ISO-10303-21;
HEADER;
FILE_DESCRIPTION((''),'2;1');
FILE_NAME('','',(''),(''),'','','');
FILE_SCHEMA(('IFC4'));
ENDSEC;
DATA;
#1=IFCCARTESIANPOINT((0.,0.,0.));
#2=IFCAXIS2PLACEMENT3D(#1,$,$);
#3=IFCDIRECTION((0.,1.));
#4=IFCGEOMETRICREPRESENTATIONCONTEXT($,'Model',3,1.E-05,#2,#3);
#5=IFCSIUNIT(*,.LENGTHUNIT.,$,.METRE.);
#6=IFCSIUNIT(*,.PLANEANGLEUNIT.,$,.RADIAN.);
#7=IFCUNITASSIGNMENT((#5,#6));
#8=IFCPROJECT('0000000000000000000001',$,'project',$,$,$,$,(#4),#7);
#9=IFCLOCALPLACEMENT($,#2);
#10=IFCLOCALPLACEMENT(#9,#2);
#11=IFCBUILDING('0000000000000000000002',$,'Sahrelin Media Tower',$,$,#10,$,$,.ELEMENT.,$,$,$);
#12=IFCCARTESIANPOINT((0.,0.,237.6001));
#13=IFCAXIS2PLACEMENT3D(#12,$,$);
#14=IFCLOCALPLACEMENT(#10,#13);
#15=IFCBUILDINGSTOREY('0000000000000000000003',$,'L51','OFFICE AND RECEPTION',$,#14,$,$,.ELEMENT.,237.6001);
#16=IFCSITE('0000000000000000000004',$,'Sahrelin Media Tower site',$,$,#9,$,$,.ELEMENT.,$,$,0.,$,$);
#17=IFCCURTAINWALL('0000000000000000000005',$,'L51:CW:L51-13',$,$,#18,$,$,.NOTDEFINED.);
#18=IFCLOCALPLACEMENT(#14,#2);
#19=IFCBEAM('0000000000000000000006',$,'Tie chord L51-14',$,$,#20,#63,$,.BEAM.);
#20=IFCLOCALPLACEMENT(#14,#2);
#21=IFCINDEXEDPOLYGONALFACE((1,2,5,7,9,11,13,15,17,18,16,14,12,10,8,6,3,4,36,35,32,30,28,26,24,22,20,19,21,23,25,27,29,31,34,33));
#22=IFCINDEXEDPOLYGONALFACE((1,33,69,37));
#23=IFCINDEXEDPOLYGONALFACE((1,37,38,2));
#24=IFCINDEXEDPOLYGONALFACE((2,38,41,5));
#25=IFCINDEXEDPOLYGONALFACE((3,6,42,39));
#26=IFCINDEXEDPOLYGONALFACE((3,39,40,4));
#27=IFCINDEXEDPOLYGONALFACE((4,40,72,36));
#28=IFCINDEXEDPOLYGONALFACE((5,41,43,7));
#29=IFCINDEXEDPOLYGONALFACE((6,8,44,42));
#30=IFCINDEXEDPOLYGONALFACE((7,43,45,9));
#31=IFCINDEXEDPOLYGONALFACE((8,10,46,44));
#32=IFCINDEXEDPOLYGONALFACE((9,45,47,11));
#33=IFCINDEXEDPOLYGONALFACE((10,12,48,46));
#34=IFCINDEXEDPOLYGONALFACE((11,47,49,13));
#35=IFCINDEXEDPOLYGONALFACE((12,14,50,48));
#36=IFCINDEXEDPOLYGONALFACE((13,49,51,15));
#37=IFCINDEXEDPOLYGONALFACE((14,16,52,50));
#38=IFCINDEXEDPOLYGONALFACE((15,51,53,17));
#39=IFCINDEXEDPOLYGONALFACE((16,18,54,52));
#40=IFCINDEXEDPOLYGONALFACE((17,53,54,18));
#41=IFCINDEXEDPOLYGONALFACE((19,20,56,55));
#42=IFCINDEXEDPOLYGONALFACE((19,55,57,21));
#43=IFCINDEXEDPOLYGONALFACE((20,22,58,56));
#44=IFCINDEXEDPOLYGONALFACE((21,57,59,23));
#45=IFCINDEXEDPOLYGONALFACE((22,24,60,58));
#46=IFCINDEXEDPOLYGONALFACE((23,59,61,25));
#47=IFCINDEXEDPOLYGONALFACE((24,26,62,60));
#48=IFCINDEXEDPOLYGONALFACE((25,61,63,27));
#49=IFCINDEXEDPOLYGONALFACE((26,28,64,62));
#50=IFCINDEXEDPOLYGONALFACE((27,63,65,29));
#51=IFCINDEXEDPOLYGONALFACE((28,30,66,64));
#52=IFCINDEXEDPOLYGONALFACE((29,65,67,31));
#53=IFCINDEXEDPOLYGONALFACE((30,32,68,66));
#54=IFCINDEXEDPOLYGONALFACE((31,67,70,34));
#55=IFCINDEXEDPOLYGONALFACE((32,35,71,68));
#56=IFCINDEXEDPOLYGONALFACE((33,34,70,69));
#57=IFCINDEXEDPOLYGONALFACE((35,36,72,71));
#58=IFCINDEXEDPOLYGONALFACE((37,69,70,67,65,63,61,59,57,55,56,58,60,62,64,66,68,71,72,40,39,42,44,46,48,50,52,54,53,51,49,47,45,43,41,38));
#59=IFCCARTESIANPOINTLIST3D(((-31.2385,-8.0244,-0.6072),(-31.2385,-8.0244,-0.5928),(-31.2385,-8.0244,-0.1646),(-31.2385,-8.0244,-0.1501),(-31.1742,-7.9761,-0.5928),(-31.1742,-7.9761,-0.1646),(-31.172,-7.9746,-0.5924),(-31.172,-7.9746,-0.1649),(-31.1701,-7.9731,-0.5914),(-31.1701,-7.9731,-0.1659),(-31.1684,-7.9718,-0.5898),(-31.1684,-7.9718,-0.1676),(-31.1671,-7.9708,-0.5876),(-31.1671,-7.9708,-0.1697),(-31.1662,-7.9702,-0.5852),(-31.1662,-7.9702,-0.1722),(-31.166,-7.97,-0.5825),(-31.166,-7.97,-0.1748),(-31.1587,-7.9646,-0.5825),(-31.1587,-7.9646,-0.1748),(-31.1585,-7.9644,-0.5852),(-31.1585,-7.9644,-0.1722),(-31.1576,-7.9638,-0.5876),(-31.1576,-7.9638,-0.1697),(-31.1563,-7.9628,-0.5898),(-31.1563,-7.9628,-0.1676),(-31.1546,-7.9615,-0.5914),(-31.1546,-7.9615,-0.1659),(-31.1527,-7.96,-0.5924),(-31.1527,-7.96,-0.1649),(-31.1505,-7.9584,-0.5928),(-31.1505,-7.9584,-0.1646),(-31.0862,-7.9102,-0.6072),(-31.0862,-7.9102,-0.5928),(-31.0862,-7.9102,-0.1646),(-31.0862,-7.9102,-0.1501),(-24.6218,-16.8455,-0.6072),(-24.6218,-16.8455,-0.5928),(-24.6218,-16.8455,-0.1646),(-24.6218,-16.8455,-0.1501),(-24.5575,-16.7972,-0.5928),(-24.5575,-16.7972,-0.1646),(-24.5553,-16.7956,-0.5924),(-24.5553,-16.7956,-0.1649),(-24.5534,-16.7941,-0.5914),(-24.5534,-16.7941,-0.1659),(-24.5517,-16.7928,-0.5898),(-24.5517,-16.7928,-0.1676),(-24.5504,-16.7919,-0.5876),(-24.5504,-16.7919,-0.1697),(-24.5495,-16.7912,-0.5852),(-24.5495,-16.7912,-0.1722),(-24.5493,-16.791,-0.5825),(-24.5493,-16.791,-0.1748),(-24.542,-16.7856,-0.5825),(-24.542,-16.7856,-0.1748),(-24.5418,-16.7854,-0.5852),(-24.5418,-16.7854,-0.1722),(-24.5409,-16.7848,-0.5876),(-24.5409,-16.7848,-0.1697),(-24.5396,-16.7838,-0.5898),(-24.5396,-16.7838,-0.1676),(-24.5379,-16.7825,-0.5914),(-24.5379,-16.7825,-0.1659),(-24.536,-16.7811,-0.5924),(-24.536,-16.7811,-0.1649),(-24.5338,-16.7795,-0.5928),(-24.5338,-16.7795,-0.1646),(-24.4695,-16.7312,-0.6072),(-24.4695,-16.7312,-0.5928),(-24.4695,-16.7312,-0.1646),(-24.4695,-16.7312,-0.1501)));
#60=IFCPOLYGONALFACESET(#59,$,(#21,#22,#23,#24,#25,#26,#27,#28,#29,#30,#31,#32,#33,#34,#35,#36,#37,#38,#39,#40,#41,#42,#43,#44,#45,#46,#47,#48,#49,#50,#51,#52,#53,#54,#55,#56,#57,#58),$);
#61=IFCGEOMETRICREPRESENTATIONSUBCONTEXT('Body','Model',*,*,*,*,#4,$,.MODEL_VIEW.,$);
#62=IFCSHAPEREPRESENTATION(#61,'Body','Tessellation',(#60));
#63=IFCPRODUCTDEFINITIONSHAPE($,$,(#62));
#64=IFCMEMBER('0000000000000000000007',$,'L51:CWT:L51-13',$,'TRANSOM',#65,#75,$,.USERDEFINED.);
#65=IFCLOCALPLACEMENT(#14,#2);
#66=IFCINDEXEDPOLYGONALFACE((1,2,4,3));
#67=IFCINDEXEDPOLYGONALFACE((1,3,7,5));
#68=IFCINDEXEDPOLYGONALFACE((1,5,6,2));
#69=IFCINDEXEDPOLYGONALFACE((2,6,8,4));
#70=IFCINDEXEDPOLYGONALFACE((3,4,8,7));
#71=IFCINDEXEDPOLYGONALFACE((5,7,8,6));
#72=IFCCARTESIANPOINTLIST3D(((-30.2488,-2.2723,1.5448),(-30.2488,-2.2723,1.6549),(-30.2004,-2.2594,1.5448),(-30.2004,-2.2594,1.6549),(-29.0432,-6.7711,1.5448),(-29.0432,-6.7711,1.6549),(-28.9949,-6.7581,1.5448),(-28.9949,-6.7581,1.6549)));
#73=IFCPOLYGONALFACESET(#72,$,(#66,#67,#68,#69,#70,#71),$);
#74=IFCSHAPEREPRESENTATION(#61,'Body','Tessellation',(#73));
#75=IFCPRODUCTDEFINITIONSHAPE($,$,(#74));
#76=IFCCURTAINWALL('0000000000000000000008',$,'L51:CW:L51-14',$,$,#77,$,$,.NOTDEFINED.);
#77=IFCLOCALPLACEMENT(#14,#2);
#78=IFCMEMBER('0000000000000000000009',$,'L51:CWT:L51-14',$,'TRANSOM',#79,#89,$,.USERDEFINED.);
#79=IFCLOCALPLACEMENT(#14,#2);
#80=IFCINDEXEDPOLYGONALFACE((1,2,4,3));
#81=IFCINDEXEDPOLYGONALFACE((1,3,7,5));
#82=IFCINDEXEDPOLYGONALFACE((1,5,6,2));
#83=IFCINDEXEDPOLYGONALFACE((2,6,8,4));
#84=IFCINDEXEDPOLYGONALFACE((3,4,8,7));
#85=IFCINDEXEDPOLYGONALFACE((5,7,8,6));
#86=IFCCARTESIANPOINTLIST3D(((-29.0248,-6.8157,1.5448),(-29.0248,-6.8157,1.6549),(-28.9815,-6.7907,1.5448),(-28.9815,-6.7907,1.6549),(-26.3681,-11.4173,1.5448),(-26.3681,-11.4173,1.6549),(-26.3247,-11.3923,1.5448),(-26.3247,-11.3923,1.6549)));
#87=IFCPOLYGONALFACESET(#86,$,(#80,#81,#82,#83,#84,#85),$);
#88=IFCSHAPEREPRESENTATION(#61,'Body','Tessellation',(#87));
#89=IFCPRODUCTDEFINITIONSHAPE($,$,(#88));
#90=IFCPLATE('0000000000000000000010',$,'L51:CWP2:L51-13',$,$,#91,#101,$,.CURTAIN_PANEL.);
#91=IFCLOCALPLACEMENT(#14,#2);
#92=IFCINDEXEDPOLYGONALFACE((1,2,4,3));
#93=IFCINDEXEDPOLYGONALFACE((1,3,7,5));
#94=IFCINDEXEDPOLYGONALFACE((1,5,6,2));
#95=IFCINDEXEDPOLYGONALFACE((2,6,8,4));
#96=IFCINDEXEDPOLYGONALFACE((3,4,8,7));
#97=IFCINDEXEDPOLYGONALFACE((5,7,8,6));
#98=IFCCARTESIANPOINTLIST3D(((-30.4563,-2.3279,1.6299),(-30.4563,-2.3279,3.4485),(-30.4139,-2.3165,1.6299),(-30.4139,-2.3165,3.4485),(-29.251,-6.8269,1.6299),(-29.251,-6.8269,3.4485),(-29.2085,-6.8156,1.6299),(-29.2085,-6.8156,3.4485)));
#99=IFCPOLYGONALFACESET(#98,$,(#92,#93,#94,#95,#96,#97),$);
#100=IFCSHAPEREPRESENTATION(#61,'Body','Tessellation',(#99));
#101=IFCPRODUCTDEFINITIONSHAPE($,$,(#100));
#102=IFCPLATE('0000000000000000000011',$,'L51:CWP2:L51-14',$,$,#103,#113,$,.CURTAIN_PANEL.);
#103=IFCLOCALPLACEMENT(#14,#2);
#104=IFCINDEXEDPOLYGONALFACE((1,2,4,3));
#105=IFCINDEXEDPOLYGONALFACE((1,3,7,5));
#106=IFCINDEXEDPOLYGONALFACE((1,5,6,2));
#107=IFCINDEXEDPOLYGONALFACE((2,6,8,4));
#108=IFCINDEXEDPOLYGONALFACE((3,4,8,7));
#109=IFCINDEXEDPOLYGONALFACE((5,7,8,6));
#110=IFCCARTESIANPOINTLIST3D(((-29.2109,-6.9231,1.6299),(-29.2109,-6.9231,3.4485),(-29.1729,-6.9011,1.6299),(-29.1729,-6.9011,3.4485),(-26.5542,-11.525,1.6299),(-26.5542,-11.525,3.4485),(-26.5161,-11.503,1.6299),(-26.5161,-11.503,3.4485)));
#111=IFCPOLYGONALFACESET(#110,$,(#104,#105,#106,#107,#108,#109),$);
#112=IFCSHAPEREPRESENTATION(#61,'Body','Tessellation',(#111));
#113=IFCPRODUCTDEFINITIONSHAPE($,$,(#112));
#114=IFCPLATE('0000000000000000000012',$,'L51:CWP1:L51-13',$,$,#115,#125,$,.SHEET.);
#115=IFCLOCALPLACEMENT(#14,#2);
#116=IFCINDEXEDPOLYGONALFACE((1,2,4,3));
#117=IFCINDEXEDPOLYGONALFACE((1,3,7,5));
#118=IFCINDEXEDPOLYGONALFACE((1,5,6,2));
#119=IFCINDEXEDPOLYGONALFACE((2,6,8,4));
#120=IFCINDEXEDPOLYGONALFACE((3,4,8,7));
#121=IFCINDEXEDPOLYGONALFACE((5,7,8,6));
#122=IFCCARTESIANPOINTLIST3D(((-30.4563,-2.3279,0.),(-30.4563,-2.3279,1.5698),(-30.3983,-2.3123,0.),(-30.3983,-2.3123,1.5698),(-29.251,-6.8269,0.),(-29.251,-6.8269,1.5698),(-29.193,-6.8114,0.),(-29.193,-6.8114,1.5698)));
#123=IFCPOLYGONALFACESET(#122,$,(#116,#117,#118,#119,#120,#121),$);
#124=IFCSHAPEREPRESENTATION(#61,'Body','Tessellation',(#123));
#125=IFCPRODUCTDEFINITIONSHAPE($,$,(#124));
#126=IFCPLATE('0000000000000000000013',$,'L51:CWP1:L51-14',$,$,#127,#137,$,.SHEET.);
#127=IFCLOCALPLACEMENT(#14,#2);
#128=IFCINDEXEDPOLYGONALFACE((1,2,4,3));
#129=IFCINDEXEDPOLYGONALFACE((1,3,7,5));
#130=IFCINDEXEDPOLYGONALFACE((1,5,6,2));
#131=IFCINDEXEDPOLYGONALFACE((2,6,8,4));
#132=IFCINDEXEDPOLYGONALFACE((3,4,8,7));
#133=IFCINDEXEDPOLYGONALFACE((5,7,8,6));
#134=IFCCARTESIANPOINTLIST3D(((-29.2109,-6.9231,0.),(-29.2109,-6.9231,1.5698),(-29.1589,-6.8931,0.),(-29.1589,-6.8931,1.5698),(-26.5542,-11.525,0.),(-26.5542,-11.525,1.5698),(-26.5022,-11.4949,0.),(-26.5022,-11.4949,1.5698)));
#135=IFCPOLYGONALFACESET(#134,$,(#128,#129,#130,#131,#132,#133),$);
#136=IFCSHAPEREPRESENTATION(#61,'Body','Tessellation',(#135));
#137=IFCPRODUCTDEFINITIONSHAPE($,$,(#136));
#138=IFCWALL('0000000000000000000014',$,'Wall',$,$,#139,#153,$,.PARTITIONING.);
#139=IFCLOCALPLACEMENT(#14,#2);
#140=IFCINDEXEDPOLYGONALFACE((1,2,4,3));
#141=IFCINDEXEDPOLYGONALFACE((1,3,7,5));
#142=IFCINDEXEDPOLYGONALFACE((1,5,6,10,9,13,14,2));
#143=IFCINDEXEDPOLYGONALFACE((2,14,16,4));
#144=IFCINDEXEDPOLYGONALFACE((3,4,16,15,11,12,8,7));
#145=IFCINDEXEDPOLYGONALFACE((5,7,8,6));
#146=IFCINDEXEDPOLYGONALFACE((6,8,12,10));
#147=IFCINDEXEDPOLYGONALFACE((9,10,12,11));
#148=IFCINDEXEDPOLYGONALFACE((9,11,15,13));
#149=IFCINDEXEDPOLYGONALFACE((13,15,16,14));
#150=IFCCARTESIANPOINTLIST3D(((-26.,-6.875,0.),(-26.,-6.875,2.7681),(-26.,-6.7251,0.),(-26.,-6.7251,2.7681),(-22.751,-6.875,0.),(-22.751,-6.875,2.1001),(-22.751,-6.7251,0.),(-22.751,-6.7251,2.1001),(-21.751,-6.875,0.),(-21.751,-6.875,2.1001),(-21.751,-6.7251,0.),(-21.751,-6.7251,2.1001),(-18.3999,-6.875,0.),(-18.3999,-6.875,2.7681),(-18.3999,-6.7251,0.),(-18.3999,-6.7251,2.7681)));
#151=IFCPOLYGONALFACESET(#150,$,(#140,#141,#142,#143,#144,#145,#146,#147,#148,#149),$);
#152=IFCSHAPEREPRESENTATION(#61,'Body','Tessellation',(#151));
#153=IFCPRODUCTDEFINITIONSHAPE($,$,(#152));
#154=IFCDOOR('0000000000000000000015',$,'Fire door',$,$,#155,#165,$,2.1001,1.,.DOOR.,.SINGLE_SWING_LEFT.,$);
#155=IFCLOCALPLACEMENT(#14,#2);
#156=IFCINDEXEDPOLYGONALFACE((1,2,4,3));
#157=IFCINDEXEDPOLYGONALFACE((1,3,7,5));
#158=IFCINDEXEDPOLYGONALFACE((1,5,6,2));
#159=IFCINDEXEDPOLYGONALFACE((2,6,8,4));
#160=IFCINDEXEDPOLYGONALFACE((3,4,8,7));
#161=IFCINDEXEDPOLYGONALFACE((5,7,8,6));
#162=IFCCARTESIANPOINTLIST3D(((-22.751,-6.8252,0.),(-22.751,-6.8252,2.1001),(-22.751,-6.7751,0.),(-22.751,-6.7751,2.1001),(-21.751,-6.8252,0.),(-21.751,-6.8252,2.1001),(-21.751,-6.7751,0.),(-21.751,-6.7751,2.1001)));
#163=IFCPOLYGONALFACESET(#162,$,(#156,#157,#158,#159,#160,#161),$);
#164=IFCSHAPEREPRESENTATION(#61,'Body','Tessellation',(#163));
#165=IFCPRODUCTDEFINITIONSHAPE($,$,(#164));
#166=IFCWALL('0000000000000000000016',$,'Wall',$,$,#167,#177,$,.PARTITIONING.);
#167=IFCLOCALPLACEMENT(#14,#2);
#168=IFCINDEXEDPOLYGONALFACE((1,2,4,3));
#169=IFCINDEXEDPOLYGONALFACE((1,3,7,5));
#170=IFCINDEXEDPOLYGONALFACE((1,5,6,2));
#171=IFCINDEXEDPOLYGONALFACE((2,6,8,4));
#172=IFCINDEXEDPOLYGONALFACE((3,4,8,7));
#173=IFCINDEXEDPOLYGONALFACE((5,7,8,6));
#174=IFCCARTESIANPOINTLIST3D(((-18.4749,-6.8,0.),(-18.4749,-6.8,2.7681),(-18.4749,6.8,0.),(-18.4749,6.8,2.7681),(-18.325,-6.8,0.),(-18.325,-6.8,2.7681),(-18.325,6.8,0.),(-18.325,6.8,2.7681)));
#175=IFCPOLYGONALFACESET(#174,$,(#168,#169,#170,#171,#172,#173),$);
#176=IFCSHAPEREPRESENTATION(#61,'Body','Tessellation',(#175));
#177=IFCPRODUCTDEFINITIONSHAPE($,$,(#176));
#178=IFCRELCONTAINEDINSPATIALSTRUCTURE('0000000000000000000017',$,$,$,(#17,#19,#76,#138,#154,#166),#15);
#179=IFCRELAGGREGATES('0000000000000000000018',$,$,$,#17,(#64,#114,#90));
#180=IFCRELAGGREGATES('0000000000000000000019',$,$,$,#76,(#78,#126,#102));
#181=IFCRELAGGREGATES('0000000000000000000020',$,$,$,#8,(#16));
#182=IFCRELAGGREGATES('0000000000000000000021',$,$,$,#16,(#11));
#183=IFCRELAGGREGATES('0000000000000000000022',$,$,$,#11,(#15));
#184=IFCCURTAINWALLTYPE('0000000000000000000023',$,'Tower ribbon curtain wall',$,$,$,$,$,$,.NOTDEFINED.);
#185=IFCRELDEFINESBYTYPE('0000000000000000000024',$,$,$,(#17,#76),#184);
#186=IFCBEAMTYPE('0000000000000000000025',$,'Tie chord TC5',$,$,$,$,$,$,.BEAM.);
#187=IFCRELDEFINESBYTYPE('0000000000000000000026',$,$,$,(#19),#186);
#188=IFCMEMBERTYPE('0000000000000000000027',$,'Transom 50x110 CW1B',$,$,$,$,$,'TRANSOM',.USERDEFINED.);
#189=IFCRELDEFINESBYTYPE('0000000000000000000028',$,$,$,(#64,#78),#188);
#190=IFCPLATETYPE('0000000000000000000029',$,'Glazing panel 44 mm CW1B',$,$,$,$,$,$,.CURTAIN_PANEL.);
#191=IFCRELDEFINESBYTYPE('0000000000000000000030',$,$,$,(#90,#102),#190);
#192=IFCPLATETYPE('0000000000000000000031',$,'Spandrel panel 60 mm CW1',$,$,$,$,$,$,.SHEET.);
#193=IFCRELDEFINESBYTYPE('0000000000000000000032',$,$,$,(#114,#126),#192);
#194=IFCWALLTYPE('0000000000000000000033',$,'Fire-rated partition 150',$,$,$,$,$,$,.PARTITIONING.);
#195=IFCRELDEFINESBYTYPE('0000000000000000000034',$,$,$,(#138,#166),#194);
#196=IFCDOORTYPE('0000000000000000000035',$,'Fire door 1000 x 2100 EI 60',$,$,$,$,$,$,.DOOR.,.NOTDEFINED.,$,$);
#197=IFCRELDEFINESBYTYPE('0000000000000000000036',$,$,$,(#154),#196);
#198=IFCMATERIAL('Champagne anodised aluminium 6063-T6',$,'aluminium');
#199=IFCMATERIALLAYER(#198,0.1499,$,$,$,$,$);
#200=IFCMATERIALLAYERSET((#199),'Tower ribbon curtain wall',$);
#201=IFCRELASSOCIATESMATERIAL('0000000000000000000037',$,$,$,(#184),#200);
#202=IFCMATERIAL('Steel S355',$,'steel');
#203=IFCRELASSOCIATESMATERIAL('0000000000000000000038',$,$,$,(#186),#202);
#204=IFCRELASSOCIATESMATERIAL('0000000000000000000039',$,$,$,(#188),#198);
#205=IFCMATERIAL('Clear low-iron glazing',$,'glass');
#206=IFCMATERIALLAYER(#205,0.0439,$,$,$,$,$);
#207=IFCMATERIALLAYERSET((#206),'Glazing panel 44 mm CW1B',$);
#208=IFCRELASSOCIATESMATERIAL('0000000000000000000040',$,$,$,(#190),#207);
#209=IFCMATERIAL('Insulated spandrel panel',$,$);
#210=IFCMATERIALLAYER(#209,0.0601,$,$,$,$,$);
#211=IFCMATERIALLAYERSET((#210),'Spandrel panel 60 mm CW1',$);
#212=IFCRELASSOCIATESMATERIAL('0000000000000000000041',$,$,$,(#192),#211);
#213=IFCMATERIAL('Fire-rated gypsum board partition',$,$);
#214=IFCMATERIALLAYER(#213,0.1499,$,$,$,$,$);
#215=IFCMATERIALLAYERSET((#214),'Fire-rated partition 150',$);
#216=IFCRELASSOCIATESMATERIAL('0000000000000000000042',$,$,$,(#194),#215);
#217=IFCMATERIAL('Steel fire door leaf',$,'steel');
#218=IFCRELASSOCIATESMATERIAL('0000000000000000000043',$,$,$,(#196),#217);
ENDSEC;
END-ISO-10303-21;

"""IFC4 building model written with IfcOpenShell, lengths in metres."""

from ifc_helpers import new_model, si_unit, direction, frame, frame_2d, origin, origin_2d, place, context, subcontext, project, spatial, polyline, rectangle, i_section, outline, extrude, material, layer, layer_set, material_profile, profile_set, type_object, element, fill, aggregate, save


model = new_model("IFC4")

# Units and contexts
model_context = context("Model", 3, precision=1e-05, world=origin(), true_north=direction((0.0, 1.0)))
body_context = subcontext(model_context, "Body", "Model", "MODEL_VIEW")
ifc_project = project(units=[si_unit("LENGTHUNIT", "METRE"), si_unit("PLANEANGLEUNIT", "RADIAN")], contexts=[model_context])

# Site, building, storey
site_placement = place(None, origin())
site = spatial("IfcSite", under=ifc_project, at=site_placement, Name="Sahrelin Media Tower site", CompositionType="ELEMENT", RefElevation=0.0)
building_placement = place(site_placement, origin())
building = spatial("IfcBuilding", under=site, at=building_placement, Name="Sahrelin Media Tower", CompositionType="ELEMENT")
storey_placement = place(building_placement, frame((0.0, 0.0, 237.6001)))
storey = spatial("IfcBuildingStorey", under=building, at=storey_placement, Name="L51", Description="OFFICE AND RECEPTION", CompositionType="ELEMENT", Elevation=237.6001)

# Shared definitions
ifc_material_1 = material(Name="Steel S355", Category="steel")

# Curtain wall
ifc_material_2 = material(Name="Champagne anodised aluminium 6063-T6", Category="aluminium")
ifc_layer_1 = layer(ifc_material_2, 0.1499)
ifc_layer_set_1 = layer_set([ifc_layer_1], Name="Tower ribbon curtain wall")
curtain_wall_type = type_object("IfcCurtainWallType", Name="Tower ribbon curtain wall", PredefinedType="NOTDEFINED", material=ifc_layer_set_1)
curtain_wall_1_placement = place(storey_placement, frame((-29.8342, -4.5723, 0.0), z_axis=(0.0, 0.0, 1.0), x_axis=(1.0, 0.0, 0.0)))
curtain_wall_1 = element("IfcCurtainWall", 1, at=curtain_wall_1_placement, inside=storey, type_object=curtain_wall_type, Name="L51:CW:L51-13", PredefinedType="NOTDEFINED")

# Beam
ifc_material_profile_1 = material_profile(ifc_material_1, i_section(OverallWidth=0.1904, OverallDepth=0.457, WebThickness=0.009, FlangeThickness=0.0144, FilletRadius=0.0103, at=origin_2d()), Name="UB 457x191x74")
ifc_profile_set_1 = profile_set([ifc_material_profile_1], Name="Steel S355")
beam_type_1 = type_object("IfcBeamType", Name="Tie chord TC5", PredefinedType="BEAM", material=ifc_profile_set_1)
beam_1_placement = place(storey_placement, frame((-31.1624, -7.9673, -0.3787), z_axis=(0.600053, -0.79996, 0.0), x_axis=(0.79996, 0.600053, 0.0)))
element("IfcBeam", 2, at=beam_1_placement, inside=storey, type_object=beam_type_1, Name="Tie chord L51-14", PredefinedType="BEAM", context=body_context, shape_type="SweptSolid", body=[
    extrude(i_section(OverallWidth=0.1904, OverallDepth=0.457, WebThickness=0.009, FlangeThickness=0.0144, FilletRadius=0.0103, at=origin_2d()), origin(), (0.0, 0.0, 1.0), 11.0269),
])

# Member
ifc_material_profile_2 = material_profile(ifc_material_2, rectangle(XDim=0.05, YDim=0.1101, at=origin_2d()), Name="Transom 50x110")
ifc_profile_set_2 = profile_set([ifc_material_profile_2], Name="Champagne anodised aluminium 6063-T6")
member_type_1 = type_object("IfcMemberType", Name="Transom 50x110 CW1B", ElementType="TRANSOM", PredefinedType="USERDEFINED", material=ifc_profile_set_2)
member_1_placement = place(storey_placement, frame((-30.2246, -2.2659, 1.5999), z_axis=(0.258844, -0.965919, 0.0), x_axis=(0.965919, 0.258844, 0.0)))
member_1 = element("IfcMember", 3, at=member_1_placement, type_object=member_type_1, Name="L51:CWT:L51-13", ObjectType="TRANSOM", PredefinedType="USERDEFINED", context=body_context, shape_type="SweptSolid", body=[
    extrude(rectangle(XDim=0.05, YDim=0.1101, at=origin_2d()), origin(), (0.0, 0.0, 1.0), 4.6575),
])

# Curtain wall, member
curtain_wall_2_placement = place(storey_placement, frame((-27.8652, -9.2141, 0.0), z_axis=(0.0, 0.0, 1.0), x_axis=(1.0, 0.0, 0.0)))
curtain_wall_2 = element("IfcCurtainWall", 4, at=curtain_wall_2_placement, inside=storey, type_object=curtain_wall_type, Name="L51:CW:L51-14", PredefinedType="NOTDEFINED")
member_2_placement = place(storey_placement, frame((-29.0032, -6.8032, 1.5999), z_axis=(0.500004, -0.866023, 0.0), x_axis=(0.866023, 0.500004, 0.0)))
member_2 = element("IfcMember", 5, at=member_2_placement, type_object=member_type_1, Name="L51:CWT:L51-14", ObjectType="TRANSOM", PredefinedType="USERDEFINED", context=body_context, shape_type="SweptSolid", body=[
    extrude(rectangle(XDim=0.05, YDim=0.1101, at=origin_2d()), origin(), (0.0, 0.0, 1.0), 5.3135),
])

# Plates
ifc_material_3 = material(Name="Clear low-iron glazing", Category="glass")
ifc_layer_2 = layer(ifc_material_3, 0.0439)
ifc_layer_set_2 = layer_set([ifc_layer_2], Name="Glazing panel 44 mm CW1B")
plate_type_1 = type_object("IfcPlateType", Name="Glazing panel 44 mm CW1B", PredefinedType="CURTAIN_PANEL", material=ifc_layer_set_2)
plate_1_placement = place(storey_placement, frame((-30.4563, -2.3279, 1.6299), z_axis=(-0.965936, -0.258781, 0.0), x_axis=(0.258781, -0.965936, 0.0)))
plate_1 = element("IfcPlate", 6, at=plate_1_placement, type_object=plate_type_1, Name="L51:CWP2:L51-13", PredefinedType="CURTAIN_PANEL", context=body_context, shape_type="SweptSolid", body=[
    extrude(outline(polyline([(0.0, 0.0), (4.6577, 0.0), (4.6577, 1.8186), (0.0, 1.8186), (0.0, 0.0)])), origin(), (0.0, 0.0, -1.0), 0.0439),
])
plate_2_placement = place(storey_placement, frame((-29.2109, -6.9231, 1.6299), z_axis=(-0.866035, -0.499984, 0.0), x_axis=(0.499984, -0.866035, 0.0)))
plate_2 = element("IfcPlate", 7, at=plate_2_placement, type_object=plate_type_1, Name="L51:CWP2:L51-14", PredefinedType="CURTAIN_PANEL", context=body_context, shape_type="SweptSolid", body=[
    extrude(outline(polyline([(0.0, 0.0), (5.3137, 0.0), (5.3137, 1.8186), (0.0, 1.8186), (0.0, 0.0)])), origin(), (0.0, 0.0, -1.0), 0.0439),
])
ifc_material_4 = material(Name="Insulated spandrel panel")
ifc_layer_3 = layer(ifc_material_4, 0.0601)
ifc_layer_set_3 = layer_set([ifc_layer_3], Name="Spandrel panel 60 mm CW1")
plate_type_2 = type_object("IfcPlateType", Name="Spandrel panel 60 mm CW1", PredefinedType="SHEET", material=ifc_layer_set_3)
plate_3_placement = place(storey_placement, frame((-30.4563, -2.3279, 0.0), z_axis=(-0.965936, -0.258781, 0.0), x_axis=(0.258781, -0.965936, 0.0)))
plate_3 = element("IfcPlate", 8, at=plate_3_placement, type_object=plate_type_2, Name="L51:CWP1:L51-13", PredefinedType="SHEET", context=body_context, shape_type="SweptSolid", body=[
    extrude(outline(polyline([(0.0, 0.0), (4.6577, 0.0), (4.6577, 1.5698), (0.0, 1.5698), (0.0, 0.0)])), origin(), (0.0, 0.0, -1.0), 0.0601),
])
aggregate(curtain_wall_1, [member_1, plate_3, plate_1])
plate_4_placement = place(storey_placement, frame((-29.2109, -6.9231, 0.0), z_axis=(-0.866035, -0.499984, 0.0), x_axis=(0.499984, -0.866035, 0.0)))
plate_4 = element("IfcPlate", 9, at=plate_4_placement, type_object=plate_type_2, Name="L51:CWP1:L51-14", PredefinedType="SHEET", context=body_context, shape_type="SweptSolid", body=[
    extrude(outline(polyline([(0.0, 0.0), (5.3137, 0.0), (5.3137, 1.5698), (0.0, 1.5698), (0.0, 0.0)])), origin(), (0.0, 0.0, -1.0), 0.0601),
])
aggregate(curtain_wall_2, [member_2, plate_4, plate_2])

# Wall, opening, door
ifc_material_5 = material(Name="Fire-rated gypsum board partition")
ifc_layer_4 = layer(ifc_material_5, 0.1499)
ifc_layer_set_4 = layer_set([ifc_layer_4], Name="Fire-rated partition 150")
wall_type_1 = type_object("IfcWallType", Name="Fire-rated partition 150", PredefinedType="PARTITIONING", material=ifc_layer_set_4)
wall_1_placement = place(storey_placement, frame((-26.0, -6.8, 0.0), z_axis=(0.0, 0.0, 1.0), x_axis=(1.0, 0.0, 0.0)))
wall_1 = element("IfcWall", 10, at=wall_1_placement, inside=storey, type_object=wall_type_1, Name="Wall", PredefinedType="PARTITIONING", context=body_context, shape_type="SweptSolid", body=[
    extrude(rectangle(XDim=7.6001, YDim=0.1499, at=frame_2d((3.8, 0.0))), origin(), (0.0, 0.0, 1.0), 2.7681),
])
opening_1_placement = place(wall_1_placement, frame((3.249, 0.0, 0.0)))
opening_1 = element("IfcOpeningElement", 11, at=opening_1_placement, cuts=wall_1, PredefinedType="OPENING", context=body_context, shape_type="SweptSolid", body=[
    extrude(rectangle(XDim=1.0, YDim=2.1001, at=frame_2d((0.5, 1.05))), frame((0.0, 0.075, 0.0), z_axis=(0.0, -1.0, 0.0), x_axis=(1.0, 0.0, 0.0)), (0.0, 0.0, 1.0), 0.1499),
])
ifc_material_6 = material(Name="Steel fire door leaf", Category="steel")
door_type_1 = type_object("IfcDoorType", Name="Fire door 1000 x 2100 EI 60", OperationType="NOTDEFINED", PredefinedType="DOOR", material=ifc_material_6)
door_1_placement = place(opening_1_placement, origin())
door_1 = element("IfcDoor", 12, at=door_1_placement, inside=storey, type_object=door_type_1, Name="Fire door", OperationType="SINGLE_SWING_LEFT", OverallHeight=2.1001, OverallWidth=1.0, PredefinedType="DOOR", context=body_context, shape_type="SweptSolid", body=[
    extrude(rectangle(XDim=1.0, YDim=2.1001, at=frame_2d((0.5, 1.05))), frame((0.0, 0.0249, 0.0), z_axis=(0.0, -1.0, 0.0), x_axis=(1.0, 0.0, 0.0)), (0.0, 0.0, 1.0), 0.05),
])
fill(opening_1, door_1)

# Wall
wall_2_placement = place(storey_placement, frame((-18.3999, -6.8, 0.0), z_axis=(0.0, 0.0, 1.0), x_axis=(0.0, 1.0, 0.0)))
element("IfcWall", 13, at=wall_2_placement, inside=storey, type_object=wall_type_1, Name="Wall", PredefinedType="PARTITIONING", context=body_context, shape_type="SweptSolid", body=[
    extrude(rectangle(XDim=13.6001, YDim=0.1499, at=frame_2d((6.8, 0.0))), origin(), (0.0, 0.0, 1.0), 2.7681),
])

save(model, "model.ifc")
